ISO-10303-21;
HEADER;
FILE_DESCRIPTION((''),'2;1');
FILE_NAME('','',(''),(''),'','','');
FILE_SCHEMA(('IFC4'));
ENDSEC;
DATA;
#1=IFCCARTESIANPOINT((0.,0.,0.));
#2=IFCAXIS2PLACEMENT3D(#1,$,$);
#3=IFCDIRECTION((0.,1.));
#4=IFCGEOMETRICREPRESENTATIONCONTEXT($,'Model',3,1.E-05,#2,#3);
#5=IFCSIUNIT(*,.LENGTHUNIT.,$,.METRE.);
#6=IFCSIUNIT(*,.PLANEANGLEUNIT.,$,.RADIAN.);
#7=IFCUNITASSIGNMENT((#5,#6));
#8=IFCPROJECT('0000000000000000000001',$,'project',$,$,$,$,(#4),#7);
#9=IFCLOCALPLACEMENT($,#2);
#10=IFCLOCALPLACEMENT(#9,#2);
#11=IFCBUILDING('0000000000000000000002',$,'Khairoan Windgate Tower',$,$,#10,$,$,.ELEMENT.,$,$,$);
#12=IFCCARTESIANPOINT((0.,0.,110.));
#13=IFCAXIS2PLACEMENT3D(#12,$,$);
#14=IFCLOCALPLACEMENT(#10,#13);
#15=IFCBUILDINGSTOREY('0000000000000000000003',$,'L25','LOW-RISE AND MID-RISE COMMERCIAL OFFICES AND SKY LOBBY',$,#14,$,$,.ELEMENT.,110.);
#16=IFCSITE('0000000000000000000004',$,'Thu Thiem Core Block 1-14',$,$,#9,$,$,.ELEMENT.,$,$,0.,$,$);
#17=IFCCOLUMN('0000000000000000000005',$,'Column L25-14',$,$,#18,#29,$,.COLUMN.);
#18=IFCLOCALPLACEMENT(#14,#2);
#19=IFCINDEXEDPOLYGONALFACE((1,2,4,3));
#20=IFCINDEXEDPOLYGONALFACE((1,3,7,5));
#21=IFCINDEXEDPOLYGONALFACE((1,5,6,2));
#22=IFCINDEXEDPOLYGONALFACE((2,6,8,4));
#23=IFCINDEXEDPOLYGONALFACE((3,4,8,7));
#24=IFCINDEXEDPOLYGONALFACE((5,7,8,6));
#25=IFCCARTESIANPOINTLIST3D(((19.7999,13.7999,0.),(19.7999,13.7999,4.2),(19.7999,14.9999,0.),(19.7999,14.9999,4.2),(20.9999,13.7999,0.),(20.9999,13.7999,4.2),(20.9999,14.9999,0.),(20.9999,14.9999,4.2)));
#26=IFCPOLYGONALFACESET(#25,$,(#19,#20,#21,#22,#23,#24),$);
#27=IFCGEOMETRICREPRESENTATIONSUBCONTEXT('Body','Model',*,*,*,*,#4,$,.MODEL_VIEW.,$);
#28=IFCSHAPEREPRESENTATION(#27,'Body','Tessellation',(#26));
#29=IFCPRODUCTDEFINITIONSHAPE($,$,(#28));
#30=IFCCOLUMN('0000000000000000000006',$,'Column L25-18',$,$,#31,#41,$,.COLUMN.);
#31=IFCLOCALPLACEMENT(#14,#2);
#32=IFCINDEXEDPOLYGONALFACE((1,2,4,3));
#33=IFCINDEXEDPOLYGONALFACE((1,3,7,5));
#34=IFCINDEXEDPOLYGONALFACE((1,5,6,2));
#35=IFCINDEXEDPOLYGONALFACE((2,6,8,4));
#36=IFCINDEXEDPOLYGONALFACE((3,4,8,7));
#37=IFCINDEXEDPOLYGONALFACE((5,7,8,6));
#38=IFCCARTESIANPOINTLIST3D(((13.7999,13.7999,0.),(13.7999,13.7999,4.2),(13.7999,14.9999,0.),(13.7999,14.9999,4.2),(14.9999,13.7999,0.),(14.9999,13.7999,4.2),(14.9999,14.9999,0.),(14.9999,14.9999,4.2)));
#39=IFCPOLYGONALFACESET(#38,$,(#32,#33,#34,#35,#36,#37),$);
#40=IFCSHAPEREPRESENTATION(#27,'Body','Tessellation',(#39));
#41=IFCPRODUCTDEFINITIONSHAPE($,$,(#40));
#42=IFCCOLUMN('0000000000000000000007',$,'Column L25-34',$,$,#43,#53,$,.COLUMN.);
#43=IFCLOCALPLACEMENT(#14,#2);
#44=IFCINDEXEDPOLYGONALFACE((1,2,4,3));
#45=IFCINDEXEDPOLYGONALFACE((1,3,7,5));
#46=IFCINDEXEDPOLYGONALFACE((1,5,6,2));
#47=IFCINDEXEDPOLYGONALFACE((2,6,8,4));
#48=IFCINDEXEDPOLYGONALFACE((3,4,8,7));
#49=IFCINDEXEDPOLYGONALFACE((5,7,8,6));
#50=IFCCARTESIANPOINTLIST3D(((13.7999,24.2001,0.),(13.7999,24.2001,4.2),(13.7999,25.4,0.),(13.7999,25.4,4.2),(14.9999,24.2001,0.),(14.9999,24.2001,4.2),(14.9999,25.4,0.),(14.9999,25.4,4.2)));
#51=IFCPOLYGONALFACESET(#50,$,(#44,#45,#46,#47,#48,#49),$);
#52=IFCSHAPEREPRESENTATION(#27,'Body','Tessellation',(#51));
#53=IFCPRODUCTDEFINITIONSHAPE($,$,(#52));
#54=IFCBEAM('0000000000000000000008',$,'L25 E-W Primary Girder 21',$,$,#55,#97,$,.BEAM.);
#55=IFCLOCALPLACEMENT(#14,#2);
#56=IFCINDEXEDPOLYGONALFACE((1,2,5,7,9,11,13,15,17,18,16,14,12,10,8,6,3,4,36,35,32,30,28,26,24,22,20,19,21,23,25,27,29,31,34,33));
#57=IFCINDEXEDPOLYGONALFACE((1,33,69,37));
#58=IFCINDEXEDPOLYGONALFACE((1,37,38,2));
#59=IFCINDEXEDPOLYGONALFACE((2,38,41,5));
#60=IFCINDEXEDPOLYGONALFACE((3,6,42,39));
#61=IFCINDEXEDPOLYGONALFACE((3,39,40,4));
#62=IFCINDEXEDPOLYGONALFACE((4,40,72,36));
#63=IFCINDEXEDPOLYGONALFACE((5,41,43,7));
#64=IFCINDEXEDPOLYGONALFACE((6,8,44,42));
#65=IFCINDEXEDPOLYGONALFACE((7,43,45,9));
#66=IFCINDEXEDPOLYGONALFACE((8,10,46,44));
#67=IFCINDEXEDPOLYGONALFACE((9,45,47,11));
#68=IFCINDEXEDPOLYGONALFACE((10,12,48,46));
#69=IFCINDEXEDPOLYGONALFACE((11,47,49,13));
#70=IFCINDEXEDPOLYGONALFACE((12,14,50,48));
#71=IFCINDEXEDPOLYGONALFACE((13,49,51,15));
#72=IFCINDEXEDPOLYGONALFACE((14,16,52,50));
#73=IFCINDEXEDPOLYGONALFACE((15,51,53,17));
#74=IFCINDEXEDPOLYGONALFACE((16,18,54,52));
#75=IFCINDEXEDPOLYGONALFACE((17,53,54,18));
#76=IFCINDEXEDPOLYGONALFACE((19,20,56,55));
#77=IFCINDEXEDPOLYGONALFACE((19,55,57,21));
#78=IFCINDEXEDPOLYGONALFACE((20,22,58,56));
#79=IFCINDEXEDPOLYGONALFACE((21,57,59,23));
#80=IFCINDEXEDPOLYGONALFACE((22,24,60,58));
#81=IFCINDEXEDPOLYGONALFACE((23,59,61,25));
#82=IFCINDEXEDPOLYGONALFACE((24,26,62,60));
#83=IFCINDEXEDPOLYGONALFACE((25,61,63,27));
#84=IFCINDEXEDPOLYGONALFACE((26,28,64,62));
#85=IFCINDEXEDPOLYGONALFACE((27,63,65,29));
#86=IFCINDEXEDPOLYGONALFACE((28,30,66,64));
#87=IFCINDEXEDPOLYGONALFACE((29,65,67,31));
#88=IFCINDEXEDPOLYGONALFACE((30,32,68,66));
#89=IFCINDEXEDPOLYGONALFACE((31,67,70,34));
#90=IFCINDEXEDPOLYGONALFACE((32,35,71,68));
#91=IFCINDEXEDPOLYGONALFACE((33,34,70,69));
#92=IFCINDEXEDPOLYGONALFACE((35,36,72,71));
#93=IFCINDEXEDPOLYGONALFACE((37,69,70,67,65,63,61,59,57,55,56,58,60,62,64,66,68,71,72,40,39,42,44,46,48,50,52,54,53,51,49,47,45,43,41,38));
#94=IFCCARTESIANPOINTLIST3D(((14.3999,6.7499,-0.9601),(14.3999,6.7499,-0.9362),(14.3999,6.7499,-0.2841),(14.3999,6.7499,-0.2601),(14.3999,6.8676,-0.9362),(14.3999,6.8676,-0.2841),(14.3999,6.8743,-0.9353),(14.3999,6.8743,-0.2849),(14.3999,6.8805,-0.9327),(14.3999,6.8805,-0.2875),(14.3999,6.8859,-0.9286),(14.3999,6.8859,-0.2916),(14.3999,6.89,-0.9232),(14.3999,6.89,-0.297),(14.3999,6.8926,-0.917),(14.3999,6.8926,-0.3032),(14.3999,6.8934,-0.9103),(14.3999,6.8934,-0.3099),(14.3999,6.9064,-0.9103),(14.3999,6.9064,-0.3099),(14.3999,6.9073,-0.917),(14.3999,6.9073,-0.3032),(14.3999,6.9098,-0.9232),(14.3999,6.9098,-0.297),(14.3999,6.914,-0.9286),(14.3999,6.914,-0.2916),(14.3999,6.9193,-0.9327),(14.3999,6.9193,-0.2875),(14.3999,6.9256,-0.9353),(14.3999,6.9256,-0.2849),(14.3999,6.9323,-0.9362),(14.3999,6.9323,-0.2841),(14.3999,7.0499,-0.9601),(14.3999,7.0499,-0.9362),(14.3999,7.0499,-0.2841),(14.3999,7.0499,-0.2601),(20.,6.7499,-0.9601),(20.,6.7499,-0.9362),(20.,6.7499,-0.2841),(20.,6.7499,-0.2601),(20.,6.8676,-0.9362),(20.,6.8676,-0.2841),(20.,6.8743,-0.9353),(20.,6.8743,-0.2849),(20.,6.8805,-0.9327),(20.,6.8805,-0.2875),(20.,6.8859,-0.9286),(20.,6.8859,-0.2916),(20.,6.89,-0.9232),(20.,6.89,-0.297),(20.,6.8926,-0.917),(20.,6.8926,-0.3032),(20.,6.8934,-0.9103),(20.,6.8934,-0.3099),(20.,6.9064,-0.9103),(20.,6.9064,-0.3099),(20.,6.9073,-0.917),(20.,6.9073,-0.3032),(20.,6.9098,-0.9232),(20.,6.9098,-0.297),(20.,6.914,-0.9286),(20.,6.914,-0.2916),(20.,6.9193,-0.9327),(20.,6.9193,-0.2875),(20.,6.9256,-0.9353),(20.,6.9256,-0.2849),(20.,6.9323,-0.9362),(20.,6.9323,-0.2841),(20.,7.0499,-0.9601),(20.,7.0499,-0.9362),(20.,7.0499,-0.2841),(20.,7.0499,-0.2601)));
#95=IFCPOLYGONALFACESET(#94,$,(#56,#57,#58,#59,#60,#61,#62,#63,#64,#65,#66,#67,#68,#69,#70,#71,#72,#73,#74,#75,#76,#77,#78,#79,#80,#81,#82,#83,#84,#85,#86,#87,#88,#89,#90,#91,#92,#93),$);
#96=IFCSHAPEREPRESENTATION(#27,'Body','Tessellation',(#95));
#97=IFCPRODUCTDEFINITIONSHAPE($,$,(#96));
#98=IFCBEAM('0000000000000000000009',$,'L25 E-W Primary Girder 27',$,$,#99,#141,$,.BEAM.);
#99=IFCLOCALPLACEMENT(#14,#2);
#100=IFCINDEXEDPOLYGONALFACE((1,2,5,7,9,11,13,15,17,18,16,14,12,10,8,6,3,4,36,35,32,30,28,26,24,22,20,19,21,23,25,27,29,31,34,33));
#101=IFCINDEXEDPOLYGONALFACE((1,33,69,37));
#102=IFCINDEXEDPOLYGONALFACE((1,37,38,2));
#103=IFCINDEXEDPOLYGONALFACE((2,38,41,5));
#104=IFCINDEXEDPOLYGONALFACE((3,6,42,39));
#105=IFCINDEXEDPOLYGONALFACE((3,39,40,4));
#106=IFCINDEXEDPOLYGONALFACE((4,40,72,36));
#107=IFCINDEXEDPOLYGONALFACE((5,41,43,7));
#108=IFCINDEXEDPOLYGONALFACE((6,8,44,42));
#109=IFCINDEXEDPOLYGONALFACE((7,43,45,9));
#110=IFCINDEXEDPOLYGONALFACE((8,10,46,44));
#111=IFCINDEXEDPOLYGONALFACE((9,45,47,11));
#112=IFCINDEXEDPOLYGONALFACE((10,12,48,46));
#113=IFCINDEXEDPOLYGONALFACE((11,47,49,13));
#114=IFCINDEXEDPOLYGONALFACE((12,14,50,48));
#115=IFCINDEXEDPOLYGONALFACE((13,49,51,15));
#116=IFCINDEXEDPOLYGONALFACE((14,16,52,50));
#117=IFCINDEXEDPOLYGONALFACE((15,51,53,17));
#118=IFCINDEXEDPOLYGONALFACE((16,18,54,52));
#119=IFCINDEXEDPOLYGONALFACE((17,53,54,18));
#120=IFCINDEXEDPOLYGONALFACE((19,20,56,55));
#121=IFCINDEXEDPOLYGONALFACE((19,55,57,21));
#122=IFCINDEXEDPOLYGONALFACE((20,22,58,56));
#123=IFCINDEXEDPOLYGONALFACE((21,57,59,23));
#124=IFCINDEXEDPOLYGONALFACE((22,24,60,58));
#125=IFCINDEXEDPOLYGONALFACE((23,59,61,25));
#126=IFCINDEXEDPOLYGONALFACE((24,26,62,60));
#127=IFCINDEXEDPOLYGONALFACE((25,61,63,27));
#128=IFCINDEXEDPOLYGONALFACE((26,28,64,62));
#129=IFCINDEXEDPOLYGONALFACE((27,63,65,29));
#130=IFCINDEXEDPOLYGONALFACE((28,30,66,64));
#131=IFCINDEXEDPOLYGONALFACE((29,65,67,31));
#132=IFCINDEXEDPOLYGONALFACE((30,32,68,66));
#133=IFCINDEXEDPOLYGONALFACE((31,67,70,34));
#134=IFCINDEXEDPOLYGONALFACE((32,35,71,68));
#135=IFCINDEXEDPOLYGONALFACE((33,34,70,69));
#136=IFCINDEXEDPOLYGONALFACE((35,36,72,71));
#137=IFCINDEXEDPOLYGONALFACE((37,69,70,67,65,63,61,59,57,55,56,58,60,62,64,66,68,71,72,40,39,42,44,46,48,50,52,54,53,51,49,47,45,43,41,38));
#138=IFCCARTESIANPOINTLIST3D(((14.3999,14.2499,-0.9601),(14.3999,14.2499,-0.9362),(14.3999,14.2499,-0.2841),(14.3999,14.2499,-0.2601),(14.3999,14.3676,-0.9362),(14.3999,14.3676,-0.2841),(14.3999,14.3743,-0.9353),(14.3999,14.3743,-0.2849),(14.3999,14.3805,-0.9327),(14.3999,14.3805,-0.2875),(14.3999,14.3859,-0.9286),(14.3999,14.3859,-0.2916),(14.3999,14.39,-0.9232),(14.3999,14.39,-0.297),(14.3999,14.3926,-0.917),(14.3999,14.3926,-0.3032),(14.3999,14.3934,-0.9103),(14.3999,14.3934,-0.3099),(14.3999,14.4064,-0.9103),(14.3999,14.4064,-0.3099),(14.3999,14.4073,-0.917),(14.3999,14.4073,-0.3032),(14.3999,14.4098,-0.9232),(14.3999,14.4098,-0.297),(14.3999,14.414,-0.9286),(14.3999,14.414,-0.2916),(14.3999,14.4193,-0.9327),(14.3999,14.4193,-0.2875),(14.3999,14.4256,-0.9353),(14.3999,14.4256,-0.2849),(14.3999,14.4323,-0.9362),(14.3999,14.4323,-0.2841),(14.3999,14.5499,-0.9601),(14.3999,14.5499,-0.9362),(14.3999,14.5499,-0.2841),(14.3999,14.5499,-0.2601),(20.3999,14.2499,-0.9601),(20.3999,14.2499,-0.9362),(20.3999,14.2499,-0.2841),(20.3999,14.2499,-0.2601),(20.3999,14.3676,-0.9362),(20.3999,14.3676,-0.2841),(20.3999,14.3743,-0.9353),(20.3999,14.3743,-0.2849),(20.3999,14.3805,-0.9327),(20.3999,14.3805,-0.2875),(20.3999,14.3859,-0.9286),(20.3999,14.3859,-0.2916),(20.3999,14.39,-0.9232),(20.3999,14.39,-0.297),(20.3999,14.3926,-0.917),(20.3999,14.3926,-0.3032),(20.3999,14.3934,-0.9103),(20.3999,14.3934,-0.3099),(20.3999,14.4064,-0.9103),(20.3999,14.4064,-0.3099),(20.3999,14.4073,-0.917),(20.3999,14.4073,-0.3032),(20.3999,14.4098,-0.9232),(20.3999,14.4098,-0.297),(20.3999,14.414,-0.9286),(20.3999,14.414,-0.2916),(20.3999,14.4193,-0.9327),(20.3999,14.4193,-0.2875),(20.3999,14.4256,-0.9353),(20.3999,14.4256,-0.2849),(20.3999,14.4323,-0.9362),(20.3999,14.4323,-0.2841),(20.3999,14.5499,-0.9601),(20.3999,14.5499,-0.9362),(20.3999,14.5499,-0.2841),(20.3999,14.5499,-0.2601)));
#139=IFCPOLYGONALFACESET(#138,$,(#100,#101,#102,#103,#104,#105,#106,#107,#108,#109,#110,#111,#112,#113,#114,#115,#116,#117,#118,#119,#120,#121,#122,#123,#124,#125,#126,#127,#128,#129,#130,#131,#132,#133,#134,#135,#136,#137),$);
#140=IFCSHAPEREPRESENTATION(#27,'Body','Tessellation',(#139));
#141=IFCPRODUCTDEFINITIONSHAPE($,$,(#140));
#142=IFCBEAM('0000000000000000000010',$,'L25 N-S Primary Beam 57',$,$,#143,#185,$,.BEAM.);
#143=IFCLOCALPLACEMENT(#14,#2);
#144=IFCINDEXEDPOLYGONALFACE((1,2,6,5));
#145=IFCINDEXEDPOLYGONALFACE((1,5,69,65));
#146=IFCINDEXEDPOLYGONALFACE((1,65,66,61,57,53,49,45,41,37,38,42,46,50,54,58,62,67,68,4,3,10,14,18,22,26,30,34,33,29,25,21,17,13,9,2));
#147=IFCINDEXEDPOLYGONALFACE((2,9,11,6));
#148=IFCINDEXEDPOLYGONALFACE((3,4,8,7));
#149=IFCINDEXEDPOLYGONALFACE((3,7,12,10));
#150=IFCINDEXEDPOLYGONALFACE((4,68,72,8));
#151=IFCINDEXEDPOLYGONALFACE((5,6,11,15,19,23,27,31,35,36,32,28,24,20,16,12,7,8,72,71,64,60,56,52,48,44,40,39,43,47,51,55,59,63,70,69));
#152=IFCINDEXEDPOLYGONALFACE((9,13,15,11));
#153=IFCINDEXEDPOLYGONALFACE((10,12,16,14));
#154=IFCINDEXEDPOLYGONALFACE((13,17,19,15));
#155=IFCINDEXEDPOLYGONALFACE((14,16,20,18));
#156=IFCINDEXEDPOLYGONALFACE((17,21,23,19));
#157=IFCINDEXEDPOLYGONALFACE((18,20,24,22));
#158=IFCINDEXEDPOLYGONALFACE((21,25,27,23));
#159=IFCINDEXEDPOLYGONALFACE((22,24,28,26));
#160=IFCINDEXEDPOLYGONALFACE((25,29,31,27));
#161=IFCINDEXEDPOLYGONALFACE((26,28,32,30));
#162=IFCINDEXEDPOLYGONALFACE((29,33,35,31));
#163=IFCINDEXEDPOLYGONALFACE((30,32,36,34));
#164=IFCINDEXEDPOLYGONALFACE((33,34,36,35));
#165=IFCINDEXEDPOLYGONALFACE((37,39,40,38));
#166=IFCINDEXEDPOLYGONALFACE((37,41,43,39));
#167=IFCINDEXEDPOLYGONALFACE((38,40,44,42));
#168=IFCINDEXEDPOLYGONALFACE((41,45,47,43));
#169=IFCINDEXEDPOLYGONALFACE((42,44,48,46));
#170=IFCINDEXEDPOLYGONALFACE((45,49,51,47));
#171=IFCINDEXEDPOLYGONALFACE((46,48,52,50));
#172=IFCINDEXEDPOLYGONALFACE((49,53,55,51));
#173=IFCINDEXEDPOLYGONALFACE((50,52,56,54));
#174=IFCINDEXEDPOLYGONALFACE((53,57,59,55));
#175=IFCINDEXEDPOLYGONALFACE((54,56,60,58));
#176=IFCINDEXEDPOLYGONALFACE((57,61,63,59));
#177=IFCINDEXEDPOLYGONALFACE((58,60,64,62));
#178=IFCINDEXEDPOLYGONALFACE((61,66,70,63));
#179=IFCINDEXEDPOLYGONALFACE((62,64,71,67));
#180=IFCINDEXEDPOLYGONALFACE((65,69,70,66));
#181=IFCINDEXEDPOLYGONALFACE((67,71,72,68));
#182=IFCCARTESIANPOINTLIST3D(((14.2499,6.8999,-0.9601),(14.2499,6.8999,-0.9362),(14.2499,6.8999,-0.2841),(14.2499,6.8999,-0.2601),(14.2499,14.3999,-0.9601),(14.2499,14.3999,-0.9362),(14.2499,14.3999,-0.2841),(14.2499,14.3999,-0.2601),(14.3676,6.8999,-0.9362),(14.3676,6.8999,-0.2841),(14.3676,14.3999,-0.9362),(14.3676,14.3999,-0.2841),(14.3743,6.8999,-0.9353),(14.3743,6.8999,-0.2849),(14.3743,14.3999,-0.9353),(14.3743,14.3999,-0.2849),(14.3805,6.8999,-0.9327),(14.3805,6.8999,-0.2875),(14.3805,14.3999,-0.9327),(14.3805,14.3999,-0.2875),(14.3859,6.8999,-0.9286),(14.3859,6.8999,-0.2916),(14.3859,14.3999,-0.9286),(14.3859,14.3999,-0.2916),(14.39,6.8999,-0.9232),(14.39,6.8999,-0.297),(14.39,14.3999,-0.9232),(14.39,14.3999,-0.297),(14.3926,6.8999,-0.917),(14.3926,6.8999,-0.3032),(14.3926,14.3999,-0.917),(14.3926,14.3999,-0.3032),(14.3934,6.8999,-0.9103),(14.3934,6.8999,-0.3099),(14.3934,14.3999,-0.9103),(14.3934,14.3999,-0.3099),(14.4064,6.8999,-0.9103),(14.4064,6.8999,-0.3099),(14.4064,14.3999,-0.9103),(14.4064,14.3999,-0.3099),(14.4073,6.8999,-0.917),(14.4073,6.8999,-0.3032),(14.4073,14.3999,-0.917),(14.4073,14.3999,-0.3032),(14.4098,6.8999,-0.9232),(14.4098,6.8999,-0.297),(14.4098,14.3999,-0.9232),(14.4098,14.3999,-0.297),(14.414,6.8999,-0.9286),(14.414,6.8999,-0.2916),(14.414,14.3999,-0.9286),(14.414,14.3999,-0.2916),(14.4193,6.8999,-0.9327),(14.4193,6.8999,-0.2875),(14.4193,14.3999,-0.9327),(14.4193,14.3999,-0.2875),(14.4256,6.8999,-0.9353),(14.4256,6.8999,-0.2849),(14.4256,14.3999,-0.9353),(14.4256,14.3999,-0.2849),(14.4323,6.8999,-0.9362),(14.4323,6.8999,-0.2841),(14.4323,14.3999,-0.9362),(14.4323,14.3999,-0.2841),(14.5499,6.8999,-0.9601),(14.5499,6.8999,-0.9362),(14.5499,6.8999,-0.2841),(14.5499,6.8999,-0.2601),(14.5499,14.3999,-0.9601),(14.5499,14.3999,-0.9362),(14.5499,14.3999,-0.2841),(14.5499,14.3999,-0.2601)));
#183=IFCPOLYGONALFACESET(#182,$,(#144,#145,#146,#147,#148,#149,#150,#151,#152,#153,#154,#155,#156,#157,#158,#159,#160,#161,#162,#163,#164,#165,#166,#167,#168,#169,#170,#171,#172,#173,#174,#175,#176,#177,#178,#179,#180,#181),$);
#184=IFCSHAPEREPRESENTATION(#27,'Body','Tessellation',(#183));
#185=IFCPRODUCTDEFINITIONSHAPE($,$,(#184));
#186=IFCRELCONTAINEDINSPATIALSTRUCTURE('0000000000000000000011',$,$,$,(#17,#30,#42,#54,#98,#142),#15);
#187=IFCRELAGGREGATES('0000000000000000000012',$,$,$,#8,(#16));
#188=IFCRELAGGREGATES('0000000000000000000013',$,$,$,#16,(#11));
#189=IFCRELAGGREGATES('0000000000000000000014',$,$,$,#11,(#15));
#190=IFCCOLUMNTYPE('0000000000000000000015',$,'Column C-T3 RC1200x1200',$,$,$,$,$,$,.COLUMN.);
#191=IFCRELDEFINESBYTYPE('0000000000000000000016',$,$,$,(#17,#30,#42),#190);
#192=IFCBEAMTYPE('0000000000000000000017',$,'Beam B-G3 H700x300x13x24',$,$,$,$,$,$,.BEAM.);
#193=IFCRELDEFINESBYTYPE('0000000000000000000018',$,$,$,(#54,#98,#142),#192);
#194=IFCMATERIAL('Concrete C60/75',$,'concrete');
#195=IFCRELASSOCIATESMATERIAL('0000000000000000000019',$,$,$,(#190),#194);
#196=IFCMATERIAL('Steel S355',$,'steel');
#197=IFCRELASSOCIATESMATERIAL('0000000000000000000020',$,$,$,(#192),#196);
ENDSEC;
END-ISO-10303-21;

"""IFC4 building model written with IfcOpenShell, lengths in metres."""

from ifc_helpers import new_model, si_unit, direction, frame, origin, origin_2d, place, context, subcontext, project, spatial, rectangle, i_section, extrude, material, material_profile, profile_set, type_object, element, save


model = new_model("IFC4")

# Units and contexts
model_context = context("Model", 3, precision=1e-05, world=origin(), true_north=direction((0.0, 1.0)))
body_context = subcontext(model_context, "Body", "Model", "MODEL_VIEW")
ifc_project = project(units=[si_unit("LENGTHUNIT", "METRE"), si_unit("PLANEANGLEUNIT", "RADIAN")], contexts=[model_context])

# Site, building, storey
site_placement = place(None, origin())
site = spatial("IfcSite", under=ifc_project, at=site_placement, Name="Thu Thiem Core Block 1-14", CompositionType="ELEMENT", RefElevation=0.0)
building_placement = place(site_placement, origin())
building = spatial("IfcBuilding", under=site, at=building_placement, Name="Khairoan Windgate Tower", CompositionType="ELEMENT")
storey_placement = place(building_placement, frame((0.0, 0.0, 110.0)))
storey = spatial("IfcBuildingStorey", under=building, at=storey_placement, Name="L25", Description="LOW-RISE AND MID-RISE COMMERCIAL OFFICES AND SKY LOBBY", CompositionType="ELEMENT", Elevation=110.0)

# Columns
ifc_material_1 = material(Name="Concrete C60/75", Category="concrete")
ifc_material_profile_1 = material_profile(ifc_material_1, rectangle(XDim=1.2, YDim=1.2, at=origin_2d()))
ifc_profile_set_1 = profile_set([ifc_material_profile_1], Name="Concrete C60/75")
column_type = type_object("IfcColumnType", Name="Column C-T3 RC1200x1200", PredefinedType="COLUMN", material=ifc_profile_set_1)
for number, where, z_axis, x_axis, name in (
    (1, (20.3999, 14.3999, 0.0), (0.0, 0.0, 1.0), (1.0, 0.0, 0.0), "Column L25-14"),
    (2, (14.3999, 14.3999, 0.0), (0.0, 0.0, 1.0), (1.0, 0.0, 0.0), "Column L25-18"),
    (3, (14.3999, 24.8, 0.0), (0.0, 0.0, 1.0), (1.0, 0.0, 0.0), "Column L25-34"),
):
    element("IfcColumn", number, at=place(storey_placement, frame(where, z_axis=z_axis, x_axis=x_axis)), inside=storey, type_object=column_type, Name=name, PredefinedType="COLUMN", context=body_context, shape_type="SweptSolid", body=[
        extrude(rectangle(XDim=1.2, YDim=1.2, at=origin_2d()), origin(), (0.0, 0.0, 1.0), 4.2),
    ])

# Beams
ifc_material_2 = material(Name="Steel S355", Category="steel")
ifc_material_profile_2 = material_profile(ifc_material_2, i_section(OverallWidth=0.3, OverallDepth=0.7, WebThickness=0.0129, FlangeThickness=0.0239, FilletRadius=0.0259, at=origin_2d()))
ifc_profile_set_2 = profile_set([ifc_material_profile_2], Name="Steel S355")
beam_type_1 = type_object("IfcBeamType", Name="Beam B-G3 H700x300x13x24", PredefinedType="BEAM", material=ifc_profile_set_2)
beam_1_placement = place(storey_placement, frame((14.3999, 6.8999, -0.6101), z_axis=(1.0, 0.0, 0.0), x_axis=(0.0, 1.0, 0.0)))
element("IfcBeam", 4, at=beam_1_placement, inside=storey, type_object=beam_type_1, Name="L25 E-W Primary Girder 21", PredefinedType="BEAM", context=body_context, shape_type="SweptSolid", body=[
    extrude(i_section(OverallWidth=0.3, OverallDepth=0.7, WebThickness=0.0129, FlangeThickness=0.0239, FilletRadius=0.0259, at=origin_2d()), origin(), (0.0, 0.0, 1.0), 5.6001),
])
beam_2_placement = place(storey_placement, frame((14.3999, 14.3999, -0.6101), z_axis=(1.0, 0.0, 0.0), x_axis=(0.0, 1.0, 0.0)))
element("IfcBeam", 5, at=beam_2_placement, inside=storey, type_object=beam_type_1, Name="L25 E-W Primary Girder 27", PredefinedType="BEAM", context=body_context, shape_type="SweptSolid", body=[
    extrude(i_section(OverallWidth=0.3, OverallDepth=0.7, WebThickness=0.0129, FlangeThickness=0.0239, FilletRadius=0.0259, at=origin_2d()), origin(), (0.0, 0.0, 1.0), 6.0),
])
beam_3_placement = place(storey_placement, frame((14.3999, 6.8999, -0.6101), z_axis=(0.0, 1.0, 0.0), x_axis=(-1.0, 0.0, 0.0)))
element("IfcBeam", 6, at=beam_3_placement, inside=storey, type_object=beam_type_1, Name="L25 N-S Primary Beam 57", PredefinedType="BEAM", context=body_context, shape_type="SweptSolid", body=[
    extrude(i_section(OverallWidth=0.3, OverallDepth=0.7, WebThickness=0.0129, FlangeThickness=0.0239, FilletRadius=0.0259, at=origin_2d()), origin(), (0.0, 0.0, 1.0), 7.5),
])

save(model, "model.ifc")
